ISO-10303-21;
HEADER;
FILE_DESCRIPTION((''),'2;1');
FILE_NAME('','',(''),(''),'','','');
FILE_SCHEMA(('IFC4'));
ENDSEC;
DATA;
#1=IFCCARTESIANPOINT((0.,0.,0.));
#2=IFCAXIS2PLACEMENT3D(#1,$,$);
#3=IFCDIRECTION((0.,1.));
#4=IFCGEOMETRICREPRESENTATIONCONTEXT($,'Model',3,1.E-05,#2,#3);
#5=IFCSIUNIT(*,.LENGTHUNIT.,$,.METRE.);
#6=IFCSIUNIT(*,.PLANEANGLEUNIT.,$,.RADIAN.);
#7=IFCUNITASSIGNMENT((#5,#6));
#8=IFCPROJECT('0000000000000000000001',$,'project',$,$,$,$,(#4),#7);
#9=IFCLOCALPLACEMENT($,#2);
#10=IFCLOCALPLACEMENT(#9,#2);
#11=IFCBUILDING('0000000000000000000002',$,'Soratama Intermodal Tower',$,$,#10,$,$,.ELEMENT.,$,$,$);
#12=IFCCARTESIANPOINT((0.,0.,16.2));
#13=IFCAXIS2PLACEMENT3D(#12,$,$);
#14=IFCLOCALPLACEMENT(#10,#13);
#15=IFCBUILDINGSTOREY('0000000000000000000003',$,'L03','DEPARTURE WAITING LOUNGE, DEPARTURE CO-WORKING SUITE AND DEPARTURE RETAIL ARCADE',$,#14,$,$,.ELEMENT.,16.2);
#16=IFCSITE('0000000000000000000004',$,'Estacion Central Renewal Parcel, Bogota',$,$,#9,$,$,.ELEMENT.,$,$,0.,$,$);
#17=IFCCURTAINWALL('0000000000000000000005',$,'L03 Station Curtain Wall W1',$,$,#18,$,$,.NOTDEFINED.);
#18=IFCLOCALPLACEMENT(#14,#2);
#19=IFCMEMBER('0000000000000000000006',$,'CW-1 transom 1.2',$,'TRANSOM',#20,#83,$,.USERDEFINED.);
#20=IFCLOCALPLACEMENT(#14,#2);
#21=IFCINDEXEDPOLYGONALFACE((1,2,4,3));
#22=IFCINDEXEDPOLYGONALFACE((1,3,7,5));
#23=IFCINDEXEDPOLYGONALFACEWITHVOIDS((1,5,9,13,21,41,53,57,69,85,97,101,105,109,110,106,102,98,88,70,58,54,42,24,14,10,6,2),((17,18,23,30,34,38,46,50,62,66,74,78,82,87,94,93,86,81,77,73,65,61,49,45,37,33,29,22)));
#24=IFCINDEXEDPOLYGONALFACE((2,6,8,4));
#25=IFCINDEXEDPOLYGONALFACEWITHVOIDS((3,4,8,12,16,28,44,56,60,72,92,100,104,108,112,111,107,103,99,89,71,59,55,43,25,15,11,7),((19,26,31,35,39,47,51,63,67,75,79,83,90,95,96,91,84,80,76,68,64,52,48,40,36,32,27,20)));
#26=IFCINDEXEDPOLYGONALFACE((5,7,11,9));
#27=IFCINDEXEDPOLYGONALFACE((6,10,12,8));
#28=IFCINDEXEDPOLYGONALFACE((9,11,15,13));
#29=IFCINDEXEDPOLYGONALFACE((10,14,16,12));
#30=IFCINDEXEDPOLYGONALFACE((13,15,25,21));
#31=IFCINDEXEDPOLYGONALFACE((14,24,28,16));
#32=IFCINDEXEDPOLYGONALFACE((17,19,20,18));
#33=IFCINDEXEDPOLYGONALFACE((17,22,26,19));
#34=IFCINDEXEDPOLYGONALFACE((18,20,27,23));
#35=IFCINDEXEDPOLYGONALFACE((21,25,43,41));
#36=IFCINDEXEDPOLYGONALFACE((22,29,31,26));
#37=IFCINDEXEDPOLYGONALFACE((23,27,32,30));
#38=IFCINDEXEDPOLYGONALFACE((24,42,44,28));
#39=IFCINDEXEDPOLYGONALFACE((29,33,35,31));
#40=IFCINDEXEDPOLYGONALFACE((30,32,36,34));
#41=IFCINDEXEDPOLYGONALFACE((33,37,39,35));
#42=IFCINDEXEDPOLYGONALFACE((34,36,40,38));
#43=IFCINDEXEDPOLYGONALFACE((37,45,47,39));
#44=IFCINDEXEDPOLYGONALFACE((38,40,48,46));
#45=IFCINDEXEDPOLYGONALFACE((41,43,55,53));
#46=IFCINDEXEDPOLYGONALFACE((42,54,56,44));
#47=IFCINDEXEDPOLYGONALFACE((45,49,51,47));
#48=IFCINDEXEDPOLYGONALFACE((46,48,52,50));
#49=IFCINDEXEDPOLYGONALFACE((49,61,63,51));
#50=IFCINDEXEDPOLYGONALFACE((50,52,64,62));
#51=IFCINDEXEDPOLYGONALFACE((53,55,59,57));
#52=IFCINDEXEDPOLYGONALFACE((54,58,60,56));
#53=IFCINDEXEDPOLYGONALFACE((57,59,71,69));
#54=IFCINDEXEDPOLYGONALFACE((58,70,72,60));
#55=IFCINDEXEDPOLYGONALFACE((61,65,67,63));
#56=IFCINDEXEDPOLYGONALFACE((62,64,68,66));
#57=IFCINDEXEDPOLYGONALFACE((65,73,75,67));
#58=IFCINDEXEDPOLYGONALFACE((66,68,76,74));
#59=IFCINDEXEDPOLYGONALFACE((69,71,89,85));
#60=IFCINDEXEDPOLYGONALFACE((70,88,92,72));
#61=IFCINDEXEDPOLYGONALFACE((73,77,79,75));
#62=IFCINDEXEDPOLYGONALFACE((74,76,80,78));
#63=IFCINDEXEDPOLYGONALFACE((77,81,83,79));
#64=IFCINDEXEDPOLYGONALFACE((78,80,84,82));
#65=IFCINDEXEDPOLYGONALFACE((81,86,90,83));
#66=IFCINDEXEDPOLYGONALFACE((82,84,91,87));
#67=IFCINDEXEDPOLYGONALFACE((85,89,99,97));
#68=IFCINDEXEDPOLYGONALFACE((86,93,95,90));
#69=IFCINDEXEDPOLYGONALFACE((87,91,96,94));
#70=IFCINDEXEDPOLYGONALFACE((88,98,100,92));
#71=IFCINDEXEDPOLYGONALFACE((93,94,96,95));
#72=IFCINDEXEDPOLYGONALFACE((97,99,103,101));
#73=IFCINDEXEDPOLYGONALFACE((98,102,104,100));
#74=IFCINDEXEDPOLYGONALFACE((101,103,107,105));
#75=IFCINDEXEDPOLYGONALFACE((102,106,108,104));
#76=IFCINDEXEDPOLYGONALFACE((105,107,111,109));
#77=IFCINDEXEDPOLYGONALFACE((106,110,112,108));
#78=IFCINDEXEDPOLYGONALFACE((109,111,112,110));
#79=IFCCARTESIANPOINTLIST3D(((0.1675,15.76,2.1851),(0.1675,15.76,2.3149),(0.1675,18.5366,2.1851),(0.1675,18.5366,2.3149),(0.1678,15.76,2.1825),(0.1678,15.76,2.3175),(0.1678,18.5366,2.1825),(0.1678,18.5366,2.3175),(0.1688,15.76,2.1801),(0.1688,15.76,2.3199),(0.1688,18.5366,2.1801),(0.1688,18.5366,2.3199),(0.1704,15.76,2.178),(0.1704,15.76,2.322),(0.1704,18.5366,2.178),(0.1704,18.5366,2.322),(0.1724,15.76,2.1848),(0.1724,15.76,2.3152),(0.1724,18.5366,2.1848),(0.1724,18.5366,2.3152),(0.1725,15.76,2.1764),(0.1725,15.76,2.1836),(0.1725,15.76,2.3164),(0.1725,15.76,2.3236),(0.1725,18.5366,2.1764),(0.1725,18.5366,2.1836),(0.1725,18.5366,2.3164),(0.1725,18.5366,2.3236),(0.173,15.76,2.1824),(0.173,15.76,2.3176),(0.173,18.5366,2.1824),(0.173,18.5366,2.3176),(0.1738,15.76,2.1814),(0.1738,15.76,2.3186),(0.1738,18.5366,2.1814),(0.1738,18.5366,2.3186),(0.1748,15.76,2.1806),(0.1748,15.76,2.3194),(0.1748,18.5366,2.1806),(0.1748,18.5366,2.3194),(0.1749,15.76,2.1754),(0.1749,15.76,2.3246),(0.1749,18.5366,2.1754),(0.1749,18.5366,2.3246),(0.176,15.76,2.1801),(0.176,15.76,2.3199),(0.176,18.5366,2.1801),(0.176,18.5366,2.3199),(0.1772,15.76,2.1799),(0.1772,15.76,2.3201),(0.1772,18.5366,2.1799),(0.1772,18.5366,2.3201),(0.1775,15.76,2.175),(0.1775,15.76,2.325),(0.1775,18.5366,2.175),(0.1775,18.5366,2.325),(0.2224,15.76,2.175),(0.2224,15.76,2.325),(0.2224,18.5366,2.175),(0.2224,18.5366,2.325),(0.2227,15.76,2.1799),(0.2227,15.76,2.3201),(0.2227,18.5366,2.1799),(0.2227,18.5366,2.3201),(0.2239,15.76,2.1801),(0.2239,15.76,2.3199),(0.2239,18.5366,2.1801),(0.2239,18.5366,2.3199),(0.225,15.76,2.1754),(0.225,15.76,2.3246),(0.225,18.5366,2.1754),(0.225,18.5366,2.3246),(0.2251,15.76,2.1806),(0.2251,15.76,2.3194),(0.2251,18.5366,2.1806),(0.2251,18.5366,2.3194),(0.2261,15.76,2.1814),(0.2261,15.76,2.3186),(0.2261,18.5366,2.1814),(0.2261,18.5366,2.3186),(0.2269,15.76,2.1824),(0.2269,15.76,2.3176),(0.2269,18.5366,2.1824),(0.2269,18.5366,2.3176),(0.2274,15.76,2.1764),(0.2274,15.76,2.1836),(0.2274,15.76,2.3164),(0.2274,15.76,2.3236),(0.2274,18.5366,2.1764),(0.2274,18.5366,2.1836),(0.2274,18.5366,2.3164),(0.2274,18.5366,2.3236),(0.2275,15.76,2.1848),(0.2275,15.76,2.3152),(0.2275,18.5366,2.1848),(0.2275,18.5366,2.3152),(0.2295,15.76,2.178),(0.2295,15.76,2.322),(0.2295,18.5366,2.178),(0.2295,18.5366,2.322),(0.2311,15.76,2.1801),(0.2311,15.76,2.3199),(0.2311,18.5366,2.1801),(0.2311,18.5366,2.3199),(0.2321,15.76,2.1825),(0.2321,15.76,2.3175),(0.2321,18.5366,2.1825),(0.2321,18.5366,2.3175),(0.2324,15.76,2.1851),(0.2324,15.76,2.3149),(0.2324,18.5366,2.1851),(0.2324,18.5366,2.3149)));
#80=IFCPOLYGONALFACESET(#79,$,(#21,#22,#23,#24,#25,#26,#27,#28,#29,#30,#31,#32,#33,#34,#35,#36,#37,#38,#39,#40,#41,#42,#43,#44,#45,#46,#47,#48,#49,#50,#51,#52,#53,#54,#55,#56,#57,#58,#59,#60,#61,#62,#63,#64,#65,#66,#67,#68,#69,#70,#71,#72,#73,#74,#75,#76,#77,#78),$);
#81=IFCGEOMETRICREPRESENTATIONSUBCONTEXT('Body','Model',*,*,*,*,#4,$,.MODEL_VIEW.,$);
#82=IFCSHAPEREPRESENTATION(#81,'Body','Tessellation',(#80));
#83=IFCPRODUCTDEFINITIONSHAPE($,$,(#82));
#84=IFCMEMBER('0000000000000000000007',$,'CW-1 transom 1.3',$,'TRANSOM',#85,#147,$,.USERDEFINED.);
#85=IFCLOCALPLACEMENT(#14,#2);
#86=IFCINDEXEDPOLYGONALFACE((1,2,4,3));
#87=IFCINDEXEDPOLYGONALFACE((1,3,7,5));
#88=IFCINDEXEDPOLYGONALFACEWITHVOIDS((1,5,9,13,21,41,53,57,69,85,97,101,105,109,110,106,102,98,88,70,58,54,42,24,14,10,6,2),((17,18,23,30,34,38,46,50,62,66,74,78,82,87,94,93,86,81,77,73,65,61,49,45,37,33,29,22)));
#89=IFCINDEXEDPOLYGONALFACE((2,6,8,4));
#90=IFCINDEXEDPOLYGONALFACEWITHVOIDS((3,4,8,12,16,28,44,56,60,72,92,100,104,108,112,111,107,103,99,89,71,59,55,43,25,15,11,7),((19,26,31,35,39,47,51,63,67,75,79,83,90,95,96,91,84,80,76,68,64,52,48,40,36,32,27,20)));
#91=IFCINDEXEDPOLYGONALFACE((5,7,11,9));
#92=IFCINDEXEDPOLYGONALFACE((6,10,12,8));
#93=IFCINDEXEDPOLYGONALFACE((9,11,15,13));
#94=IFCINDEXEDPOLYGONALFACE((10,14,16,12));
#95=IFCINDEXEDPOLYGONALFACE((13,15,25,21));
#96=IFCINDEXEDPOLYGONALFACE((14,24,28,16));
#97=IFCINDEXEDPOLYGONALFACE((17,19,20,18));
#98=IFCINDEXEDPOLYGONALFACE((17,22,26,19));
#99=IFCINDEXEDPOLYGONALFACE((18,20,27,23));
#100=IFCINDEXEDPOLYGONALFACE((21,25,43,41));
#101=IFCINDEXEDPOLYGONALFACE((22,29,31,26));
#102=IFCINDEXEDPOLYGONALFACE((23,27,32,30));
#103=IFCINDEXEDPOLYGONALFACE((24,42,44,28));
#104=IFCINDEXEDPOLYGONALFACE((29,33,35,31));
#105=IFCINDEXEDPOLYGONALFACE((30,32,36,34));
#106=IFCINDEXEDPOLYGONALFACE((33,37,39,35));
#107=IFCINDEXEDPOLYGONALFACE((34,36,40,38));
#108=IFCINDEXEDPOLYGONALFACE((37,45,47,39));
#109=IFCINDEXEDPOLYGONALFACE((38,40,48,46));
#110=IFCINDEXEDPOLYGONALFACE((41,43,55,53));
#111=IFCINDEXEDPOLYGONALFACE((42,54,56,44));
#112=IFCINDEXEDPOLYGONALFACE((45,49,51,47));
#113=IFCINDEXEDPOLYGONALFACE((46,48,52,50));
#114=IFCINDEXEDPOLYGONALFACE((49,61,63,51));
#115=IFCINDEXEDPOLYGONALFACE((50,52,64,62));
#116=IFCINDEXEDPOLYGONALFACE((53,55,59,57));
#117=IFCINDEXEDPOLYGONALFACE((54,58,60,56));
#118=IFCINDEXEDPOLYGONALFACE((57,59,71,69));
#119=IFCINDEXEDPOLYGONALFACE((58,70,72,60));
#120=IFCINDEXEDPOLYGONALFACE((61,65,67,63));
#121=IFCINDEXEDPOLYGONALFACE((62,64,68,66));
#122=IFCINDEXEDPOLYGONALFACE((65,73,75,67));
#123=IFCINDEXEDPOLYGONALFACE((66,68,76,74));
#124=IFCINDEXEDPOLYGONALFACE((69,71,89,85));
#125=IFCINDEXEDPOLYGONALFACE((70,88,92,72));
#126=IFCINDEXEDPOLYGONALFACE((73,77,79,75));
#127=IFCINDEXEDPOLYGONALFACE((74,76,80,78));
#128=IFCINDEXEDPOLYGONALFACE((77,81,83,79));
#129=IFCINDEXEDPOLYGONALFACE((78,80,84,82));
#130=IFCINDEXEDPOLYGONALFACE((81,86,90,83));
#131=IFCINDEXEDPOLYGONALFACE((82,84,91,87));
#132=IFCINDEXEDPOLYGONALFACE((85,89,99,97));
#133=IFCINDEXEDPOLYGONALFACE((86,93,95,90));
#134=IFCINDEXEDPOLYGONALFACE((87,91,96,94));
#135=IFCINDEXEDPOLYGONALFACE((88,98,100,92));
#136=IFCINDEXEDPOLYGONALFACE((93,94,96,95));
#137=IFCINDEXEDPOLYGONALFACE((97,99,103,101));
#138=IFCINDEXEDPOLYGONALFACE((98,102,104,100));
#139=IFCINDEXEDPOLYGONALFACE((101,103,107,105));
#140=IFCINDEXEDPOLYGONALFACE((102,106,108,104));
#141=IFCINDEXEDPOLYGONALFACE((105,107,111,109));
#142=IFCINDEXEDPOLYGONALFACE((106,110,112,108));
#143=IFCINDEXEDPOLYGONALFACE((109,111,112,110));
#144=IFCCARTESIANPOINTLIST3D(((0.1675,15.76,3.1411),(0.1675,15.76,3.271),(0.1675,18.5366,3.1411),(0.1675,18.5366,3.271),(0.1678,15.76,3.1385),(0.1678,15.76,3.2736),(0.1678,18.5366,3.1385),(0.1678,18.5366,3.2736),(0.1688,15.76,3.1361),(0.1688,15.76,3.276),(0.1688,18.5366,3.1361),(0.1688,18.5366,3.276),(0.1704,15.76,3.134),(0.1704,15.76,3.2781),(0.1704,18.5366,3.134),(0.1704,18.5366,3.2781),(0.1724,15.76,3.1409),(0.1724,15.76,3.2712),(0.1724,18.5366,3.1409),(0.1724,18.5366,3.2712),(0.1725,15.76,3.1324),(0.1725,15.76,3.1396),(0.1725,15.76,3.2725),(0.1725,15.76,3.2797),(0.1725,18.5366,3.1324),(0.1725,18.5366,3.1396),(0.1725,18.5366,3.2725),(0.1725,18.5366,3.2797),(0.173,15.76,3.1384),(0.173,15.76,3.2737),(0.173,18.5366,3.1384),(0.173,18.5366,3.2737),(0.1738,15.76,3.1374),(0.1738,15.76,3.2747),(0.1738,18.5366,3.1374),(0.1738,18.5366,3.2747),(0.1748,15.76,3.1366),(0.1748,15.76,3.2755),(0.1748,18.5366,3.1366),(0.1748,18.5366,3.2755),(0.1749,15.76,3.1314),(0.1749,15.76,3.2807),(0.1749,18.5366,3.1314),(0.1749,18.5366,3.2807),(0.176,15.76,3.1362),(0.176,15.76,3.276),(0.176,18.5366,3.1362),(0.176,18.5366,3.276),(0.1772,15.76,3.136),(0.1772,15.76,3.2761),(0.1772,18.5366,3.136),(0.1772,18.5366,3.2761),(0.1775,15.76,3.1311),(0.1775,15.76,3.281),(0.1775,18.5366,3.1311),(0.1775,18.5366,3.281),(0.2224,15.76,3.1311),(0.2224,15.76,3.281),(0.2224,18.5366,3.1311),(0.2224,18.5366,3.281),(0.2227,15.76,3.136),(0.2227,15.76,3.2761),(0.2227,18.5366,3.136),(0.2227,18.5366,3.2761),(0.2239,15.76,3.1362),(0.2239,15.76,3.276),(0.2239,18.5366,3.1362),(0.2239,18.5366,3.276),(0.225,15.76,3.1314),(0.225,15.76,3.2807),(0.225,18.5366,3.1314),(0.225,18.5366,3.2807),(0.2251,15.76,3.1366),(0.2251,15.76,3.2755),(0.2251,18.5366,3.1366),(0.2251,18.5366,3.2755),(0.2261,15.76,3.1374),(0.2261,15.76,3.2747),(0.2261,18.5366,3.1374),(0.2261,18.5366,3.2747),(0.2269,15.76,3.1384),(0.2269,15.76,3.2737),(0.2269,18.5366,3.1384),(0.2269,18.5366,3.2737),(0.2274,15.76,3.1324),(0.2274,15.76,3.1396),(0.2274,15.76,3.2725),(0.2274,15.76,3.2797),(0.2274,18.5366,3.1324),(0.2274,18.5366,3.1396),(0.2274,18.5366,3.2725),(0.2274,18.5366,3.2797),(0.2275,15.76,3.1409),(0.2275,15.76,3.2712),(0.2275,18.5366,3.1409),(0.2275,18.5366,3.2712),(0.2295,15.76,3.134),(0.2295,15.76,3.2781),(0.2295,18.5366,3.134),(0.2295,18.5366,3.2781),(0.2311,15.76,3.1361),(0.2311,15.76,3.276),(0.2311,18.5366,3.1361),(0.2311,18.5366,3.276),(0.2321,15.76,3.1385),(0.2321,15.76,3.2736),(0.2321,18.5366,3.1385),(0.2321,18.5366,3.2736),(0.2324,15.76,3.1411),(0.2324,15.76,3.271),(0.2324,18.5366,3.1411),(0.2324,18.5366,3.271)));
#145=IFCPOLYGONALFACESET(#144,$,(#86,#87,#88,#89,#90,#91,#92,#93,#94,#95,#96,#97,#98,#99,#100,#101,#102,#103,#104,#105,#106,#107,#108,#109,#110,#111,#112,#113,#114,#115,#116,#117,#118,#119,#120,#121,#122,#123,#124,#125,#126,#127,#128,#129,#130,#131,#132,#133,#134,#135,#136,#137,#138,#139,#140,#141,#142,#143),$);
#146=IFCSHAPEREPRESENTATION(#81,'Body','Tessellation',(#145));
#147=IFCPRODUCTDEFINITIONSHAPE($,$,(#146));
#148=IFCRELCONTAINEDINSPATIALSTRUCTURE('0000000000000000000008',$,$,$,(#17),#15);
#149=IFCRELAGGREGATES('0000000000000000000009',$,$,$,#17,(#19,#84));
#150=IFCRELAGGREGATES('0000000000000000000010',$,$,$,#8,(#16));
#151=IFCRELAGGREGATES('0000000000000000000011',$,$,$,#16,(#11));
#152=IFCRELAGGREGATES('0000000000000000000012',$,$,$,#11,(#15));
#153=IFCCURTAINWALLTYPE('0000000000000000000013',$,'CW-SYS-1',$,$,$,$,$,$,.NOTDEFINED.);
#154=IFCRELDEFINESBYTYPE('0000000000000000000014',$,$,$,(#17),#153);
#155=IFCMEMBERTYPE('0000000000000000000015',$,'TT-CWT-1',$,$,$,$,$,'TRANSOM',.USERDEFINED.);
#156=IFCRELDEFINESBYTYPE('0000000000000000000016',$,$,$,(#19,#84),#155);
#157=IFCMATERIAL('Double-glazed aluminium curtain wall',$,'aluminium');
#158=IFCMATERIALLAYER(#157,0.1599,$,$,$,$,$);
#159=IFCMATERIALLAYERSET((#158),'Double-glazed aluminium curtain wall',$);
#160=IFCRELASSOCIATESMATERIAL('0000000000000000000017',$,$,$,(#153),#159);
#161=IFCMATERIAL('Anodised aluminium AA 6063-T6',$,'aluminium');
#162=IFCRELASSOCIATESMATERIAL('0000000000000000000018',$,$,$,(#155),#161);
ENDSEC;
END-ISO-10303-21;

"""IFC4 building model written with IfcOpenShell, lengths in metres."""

from ifc_helpers import new_model, si_unit, direction, frame, origin, origin_2d, place, context, subcontext, project, spatial, hollow_rectangle, extrude, material, layer, layer_set, material_profile, profile_set, type_object, element, aggregate, save


model = new_model("IFC4")

# Units and contexts
model_context = context("Model", 3, precision=1e-05, world=origin(), true_north=direction((0.0, 1.0)))
body_context = subcontext(model_context, "Body", "Model", "MODEL_VIEW")
ifc_project = project(units=[si_unit("LENGTHUNIT", "METRE"), si_unit("PLANEANGLEUNIT", "RADIAN")], contexts=[model_context])

# Site, building, storey
site_placement = place(None, origin())
site = spatial("IfcSite", under=ifc_project, at=site_placement, Name="Estacion Central Renewal Parcel, Bogota", CompositionType="ELEMENT", RefElevation=0.0)
building_placement = place(site_placement, origin())
building = spatial("IfcBuilding", under=site, at=building_placement, Name="Soratama Intermodal Tower", CompositionType="ELEMENT")
storey_placement = place(building_placement, frame((0.0, 0.0, 16.2)))
storey = spatial("IfcBuildingStorey", under=building, at=storey_placement, Name="L03", Description="DEPARTURE WAITING LOUNGE, DEPARTURE CO-WORKING SUITE AND DEPARTURE RETAIL ARCADE", CompositionType="ELEMENT", Elevation=16.2)

# Curtain wall, members
ifc_material_1 = material(Name="Double-glazed aluminium curtain wall", Category="aluminium")
ifc_layer_1 = layer(ifc_material_1, 0.1599)
ifc_layer_set_1 = layer_set([ifc_layer_1], Name="Double-glazed aluminium curtain wall")
curtain_wall_type = type_object("IfcCurtainWallType", Name="CW-SYS-1", PredefinedType="NOTDEFINED", material=ifc_layer_set_1)
curtain_wall_placement = place(storey_placement, origin())
curtain_wall = element("IfcCurtainWall", 1, at=curtain_wall_placement, inside=storey, type_object=curtain_wall_type, Name="L03 Station Curtain Wall W1", PredefinedType="NOTDEFINED")
ifc_material_2 = material(Name="Anodised aluminium AA 6063-T6", Category="aluminium")
ifc_material_profile_1 = material_profile(ifc_material_2, hollow_rectangle(XDim=0.0649, YDim=0.1499, WallThickness=0.0049, InnerFilletRadius=0.0049, OuterFilletRadius=0.01, at=origin_2d()), Name="CWT150X65X5")
ifc_profile_set_1 = profile_set([ifc_material_profile_1], Name="Anodised aluminium AA 6063-T6")
member_type_1 = type_object("IfcMemberType", Name="TT-CWT-1", ElementType="TRANSOM", PredefinedType="USERDEFINED", material=ifc_profile_set_1)
member_1_placement = place(storey_placement, frame((0.2, 15.76, 2.25), z_axis=(0.0, 1.0, 0.0), x_axis=(-1.0, 0.0, 0.0)))
member_1 = element("IfcMember", 2, at=member_1_placement, type_object=member_type_1, Name="CW-1 transom 1.2", ObjectType="TRANSOM", PredefinedType="USERDEFINED", context=body_context, shape_type="SweptSolid", body=[
    extrude(hollow_rectangle(XDim=0.0649, YDim=0.1499, WallThickness=0.0049, InnerFilletRadius=0.0049, OuterFilletRadius=0.01, at=origin_2d()), origin(), (0.0, 0.0, 1.0), 2.7766),
])
member_2_placement = place(storey_placement, frame((0.2, 15.76, 3.2061), z_axis=(0.0, 1.0, 0.0), x_axis=(-1.0, 0.0, 0.0)))
member_2 = element("IfcMember", 3, at=member_2_placement, type_object=member_type_1, Name="CW-1 transom 1.3", ObjectType="TRANSOM", PredefinedType="USERDEFINED", context=body_context, shape_type="SweptSolid", body=[
    extrude(hollow_rectangle(XDim=0.0649, YDim=0.1499, WallThickness=0.0049, InnerFilletRadius=0.0049, OuterFilletRadius=0.01, at=origin_2d()), origin(), (0.0, 0.0, 1.0), 2.7766),
])
aggregate(curtain_wall, [member_1, member_2])

save(model, "model.ifc")
